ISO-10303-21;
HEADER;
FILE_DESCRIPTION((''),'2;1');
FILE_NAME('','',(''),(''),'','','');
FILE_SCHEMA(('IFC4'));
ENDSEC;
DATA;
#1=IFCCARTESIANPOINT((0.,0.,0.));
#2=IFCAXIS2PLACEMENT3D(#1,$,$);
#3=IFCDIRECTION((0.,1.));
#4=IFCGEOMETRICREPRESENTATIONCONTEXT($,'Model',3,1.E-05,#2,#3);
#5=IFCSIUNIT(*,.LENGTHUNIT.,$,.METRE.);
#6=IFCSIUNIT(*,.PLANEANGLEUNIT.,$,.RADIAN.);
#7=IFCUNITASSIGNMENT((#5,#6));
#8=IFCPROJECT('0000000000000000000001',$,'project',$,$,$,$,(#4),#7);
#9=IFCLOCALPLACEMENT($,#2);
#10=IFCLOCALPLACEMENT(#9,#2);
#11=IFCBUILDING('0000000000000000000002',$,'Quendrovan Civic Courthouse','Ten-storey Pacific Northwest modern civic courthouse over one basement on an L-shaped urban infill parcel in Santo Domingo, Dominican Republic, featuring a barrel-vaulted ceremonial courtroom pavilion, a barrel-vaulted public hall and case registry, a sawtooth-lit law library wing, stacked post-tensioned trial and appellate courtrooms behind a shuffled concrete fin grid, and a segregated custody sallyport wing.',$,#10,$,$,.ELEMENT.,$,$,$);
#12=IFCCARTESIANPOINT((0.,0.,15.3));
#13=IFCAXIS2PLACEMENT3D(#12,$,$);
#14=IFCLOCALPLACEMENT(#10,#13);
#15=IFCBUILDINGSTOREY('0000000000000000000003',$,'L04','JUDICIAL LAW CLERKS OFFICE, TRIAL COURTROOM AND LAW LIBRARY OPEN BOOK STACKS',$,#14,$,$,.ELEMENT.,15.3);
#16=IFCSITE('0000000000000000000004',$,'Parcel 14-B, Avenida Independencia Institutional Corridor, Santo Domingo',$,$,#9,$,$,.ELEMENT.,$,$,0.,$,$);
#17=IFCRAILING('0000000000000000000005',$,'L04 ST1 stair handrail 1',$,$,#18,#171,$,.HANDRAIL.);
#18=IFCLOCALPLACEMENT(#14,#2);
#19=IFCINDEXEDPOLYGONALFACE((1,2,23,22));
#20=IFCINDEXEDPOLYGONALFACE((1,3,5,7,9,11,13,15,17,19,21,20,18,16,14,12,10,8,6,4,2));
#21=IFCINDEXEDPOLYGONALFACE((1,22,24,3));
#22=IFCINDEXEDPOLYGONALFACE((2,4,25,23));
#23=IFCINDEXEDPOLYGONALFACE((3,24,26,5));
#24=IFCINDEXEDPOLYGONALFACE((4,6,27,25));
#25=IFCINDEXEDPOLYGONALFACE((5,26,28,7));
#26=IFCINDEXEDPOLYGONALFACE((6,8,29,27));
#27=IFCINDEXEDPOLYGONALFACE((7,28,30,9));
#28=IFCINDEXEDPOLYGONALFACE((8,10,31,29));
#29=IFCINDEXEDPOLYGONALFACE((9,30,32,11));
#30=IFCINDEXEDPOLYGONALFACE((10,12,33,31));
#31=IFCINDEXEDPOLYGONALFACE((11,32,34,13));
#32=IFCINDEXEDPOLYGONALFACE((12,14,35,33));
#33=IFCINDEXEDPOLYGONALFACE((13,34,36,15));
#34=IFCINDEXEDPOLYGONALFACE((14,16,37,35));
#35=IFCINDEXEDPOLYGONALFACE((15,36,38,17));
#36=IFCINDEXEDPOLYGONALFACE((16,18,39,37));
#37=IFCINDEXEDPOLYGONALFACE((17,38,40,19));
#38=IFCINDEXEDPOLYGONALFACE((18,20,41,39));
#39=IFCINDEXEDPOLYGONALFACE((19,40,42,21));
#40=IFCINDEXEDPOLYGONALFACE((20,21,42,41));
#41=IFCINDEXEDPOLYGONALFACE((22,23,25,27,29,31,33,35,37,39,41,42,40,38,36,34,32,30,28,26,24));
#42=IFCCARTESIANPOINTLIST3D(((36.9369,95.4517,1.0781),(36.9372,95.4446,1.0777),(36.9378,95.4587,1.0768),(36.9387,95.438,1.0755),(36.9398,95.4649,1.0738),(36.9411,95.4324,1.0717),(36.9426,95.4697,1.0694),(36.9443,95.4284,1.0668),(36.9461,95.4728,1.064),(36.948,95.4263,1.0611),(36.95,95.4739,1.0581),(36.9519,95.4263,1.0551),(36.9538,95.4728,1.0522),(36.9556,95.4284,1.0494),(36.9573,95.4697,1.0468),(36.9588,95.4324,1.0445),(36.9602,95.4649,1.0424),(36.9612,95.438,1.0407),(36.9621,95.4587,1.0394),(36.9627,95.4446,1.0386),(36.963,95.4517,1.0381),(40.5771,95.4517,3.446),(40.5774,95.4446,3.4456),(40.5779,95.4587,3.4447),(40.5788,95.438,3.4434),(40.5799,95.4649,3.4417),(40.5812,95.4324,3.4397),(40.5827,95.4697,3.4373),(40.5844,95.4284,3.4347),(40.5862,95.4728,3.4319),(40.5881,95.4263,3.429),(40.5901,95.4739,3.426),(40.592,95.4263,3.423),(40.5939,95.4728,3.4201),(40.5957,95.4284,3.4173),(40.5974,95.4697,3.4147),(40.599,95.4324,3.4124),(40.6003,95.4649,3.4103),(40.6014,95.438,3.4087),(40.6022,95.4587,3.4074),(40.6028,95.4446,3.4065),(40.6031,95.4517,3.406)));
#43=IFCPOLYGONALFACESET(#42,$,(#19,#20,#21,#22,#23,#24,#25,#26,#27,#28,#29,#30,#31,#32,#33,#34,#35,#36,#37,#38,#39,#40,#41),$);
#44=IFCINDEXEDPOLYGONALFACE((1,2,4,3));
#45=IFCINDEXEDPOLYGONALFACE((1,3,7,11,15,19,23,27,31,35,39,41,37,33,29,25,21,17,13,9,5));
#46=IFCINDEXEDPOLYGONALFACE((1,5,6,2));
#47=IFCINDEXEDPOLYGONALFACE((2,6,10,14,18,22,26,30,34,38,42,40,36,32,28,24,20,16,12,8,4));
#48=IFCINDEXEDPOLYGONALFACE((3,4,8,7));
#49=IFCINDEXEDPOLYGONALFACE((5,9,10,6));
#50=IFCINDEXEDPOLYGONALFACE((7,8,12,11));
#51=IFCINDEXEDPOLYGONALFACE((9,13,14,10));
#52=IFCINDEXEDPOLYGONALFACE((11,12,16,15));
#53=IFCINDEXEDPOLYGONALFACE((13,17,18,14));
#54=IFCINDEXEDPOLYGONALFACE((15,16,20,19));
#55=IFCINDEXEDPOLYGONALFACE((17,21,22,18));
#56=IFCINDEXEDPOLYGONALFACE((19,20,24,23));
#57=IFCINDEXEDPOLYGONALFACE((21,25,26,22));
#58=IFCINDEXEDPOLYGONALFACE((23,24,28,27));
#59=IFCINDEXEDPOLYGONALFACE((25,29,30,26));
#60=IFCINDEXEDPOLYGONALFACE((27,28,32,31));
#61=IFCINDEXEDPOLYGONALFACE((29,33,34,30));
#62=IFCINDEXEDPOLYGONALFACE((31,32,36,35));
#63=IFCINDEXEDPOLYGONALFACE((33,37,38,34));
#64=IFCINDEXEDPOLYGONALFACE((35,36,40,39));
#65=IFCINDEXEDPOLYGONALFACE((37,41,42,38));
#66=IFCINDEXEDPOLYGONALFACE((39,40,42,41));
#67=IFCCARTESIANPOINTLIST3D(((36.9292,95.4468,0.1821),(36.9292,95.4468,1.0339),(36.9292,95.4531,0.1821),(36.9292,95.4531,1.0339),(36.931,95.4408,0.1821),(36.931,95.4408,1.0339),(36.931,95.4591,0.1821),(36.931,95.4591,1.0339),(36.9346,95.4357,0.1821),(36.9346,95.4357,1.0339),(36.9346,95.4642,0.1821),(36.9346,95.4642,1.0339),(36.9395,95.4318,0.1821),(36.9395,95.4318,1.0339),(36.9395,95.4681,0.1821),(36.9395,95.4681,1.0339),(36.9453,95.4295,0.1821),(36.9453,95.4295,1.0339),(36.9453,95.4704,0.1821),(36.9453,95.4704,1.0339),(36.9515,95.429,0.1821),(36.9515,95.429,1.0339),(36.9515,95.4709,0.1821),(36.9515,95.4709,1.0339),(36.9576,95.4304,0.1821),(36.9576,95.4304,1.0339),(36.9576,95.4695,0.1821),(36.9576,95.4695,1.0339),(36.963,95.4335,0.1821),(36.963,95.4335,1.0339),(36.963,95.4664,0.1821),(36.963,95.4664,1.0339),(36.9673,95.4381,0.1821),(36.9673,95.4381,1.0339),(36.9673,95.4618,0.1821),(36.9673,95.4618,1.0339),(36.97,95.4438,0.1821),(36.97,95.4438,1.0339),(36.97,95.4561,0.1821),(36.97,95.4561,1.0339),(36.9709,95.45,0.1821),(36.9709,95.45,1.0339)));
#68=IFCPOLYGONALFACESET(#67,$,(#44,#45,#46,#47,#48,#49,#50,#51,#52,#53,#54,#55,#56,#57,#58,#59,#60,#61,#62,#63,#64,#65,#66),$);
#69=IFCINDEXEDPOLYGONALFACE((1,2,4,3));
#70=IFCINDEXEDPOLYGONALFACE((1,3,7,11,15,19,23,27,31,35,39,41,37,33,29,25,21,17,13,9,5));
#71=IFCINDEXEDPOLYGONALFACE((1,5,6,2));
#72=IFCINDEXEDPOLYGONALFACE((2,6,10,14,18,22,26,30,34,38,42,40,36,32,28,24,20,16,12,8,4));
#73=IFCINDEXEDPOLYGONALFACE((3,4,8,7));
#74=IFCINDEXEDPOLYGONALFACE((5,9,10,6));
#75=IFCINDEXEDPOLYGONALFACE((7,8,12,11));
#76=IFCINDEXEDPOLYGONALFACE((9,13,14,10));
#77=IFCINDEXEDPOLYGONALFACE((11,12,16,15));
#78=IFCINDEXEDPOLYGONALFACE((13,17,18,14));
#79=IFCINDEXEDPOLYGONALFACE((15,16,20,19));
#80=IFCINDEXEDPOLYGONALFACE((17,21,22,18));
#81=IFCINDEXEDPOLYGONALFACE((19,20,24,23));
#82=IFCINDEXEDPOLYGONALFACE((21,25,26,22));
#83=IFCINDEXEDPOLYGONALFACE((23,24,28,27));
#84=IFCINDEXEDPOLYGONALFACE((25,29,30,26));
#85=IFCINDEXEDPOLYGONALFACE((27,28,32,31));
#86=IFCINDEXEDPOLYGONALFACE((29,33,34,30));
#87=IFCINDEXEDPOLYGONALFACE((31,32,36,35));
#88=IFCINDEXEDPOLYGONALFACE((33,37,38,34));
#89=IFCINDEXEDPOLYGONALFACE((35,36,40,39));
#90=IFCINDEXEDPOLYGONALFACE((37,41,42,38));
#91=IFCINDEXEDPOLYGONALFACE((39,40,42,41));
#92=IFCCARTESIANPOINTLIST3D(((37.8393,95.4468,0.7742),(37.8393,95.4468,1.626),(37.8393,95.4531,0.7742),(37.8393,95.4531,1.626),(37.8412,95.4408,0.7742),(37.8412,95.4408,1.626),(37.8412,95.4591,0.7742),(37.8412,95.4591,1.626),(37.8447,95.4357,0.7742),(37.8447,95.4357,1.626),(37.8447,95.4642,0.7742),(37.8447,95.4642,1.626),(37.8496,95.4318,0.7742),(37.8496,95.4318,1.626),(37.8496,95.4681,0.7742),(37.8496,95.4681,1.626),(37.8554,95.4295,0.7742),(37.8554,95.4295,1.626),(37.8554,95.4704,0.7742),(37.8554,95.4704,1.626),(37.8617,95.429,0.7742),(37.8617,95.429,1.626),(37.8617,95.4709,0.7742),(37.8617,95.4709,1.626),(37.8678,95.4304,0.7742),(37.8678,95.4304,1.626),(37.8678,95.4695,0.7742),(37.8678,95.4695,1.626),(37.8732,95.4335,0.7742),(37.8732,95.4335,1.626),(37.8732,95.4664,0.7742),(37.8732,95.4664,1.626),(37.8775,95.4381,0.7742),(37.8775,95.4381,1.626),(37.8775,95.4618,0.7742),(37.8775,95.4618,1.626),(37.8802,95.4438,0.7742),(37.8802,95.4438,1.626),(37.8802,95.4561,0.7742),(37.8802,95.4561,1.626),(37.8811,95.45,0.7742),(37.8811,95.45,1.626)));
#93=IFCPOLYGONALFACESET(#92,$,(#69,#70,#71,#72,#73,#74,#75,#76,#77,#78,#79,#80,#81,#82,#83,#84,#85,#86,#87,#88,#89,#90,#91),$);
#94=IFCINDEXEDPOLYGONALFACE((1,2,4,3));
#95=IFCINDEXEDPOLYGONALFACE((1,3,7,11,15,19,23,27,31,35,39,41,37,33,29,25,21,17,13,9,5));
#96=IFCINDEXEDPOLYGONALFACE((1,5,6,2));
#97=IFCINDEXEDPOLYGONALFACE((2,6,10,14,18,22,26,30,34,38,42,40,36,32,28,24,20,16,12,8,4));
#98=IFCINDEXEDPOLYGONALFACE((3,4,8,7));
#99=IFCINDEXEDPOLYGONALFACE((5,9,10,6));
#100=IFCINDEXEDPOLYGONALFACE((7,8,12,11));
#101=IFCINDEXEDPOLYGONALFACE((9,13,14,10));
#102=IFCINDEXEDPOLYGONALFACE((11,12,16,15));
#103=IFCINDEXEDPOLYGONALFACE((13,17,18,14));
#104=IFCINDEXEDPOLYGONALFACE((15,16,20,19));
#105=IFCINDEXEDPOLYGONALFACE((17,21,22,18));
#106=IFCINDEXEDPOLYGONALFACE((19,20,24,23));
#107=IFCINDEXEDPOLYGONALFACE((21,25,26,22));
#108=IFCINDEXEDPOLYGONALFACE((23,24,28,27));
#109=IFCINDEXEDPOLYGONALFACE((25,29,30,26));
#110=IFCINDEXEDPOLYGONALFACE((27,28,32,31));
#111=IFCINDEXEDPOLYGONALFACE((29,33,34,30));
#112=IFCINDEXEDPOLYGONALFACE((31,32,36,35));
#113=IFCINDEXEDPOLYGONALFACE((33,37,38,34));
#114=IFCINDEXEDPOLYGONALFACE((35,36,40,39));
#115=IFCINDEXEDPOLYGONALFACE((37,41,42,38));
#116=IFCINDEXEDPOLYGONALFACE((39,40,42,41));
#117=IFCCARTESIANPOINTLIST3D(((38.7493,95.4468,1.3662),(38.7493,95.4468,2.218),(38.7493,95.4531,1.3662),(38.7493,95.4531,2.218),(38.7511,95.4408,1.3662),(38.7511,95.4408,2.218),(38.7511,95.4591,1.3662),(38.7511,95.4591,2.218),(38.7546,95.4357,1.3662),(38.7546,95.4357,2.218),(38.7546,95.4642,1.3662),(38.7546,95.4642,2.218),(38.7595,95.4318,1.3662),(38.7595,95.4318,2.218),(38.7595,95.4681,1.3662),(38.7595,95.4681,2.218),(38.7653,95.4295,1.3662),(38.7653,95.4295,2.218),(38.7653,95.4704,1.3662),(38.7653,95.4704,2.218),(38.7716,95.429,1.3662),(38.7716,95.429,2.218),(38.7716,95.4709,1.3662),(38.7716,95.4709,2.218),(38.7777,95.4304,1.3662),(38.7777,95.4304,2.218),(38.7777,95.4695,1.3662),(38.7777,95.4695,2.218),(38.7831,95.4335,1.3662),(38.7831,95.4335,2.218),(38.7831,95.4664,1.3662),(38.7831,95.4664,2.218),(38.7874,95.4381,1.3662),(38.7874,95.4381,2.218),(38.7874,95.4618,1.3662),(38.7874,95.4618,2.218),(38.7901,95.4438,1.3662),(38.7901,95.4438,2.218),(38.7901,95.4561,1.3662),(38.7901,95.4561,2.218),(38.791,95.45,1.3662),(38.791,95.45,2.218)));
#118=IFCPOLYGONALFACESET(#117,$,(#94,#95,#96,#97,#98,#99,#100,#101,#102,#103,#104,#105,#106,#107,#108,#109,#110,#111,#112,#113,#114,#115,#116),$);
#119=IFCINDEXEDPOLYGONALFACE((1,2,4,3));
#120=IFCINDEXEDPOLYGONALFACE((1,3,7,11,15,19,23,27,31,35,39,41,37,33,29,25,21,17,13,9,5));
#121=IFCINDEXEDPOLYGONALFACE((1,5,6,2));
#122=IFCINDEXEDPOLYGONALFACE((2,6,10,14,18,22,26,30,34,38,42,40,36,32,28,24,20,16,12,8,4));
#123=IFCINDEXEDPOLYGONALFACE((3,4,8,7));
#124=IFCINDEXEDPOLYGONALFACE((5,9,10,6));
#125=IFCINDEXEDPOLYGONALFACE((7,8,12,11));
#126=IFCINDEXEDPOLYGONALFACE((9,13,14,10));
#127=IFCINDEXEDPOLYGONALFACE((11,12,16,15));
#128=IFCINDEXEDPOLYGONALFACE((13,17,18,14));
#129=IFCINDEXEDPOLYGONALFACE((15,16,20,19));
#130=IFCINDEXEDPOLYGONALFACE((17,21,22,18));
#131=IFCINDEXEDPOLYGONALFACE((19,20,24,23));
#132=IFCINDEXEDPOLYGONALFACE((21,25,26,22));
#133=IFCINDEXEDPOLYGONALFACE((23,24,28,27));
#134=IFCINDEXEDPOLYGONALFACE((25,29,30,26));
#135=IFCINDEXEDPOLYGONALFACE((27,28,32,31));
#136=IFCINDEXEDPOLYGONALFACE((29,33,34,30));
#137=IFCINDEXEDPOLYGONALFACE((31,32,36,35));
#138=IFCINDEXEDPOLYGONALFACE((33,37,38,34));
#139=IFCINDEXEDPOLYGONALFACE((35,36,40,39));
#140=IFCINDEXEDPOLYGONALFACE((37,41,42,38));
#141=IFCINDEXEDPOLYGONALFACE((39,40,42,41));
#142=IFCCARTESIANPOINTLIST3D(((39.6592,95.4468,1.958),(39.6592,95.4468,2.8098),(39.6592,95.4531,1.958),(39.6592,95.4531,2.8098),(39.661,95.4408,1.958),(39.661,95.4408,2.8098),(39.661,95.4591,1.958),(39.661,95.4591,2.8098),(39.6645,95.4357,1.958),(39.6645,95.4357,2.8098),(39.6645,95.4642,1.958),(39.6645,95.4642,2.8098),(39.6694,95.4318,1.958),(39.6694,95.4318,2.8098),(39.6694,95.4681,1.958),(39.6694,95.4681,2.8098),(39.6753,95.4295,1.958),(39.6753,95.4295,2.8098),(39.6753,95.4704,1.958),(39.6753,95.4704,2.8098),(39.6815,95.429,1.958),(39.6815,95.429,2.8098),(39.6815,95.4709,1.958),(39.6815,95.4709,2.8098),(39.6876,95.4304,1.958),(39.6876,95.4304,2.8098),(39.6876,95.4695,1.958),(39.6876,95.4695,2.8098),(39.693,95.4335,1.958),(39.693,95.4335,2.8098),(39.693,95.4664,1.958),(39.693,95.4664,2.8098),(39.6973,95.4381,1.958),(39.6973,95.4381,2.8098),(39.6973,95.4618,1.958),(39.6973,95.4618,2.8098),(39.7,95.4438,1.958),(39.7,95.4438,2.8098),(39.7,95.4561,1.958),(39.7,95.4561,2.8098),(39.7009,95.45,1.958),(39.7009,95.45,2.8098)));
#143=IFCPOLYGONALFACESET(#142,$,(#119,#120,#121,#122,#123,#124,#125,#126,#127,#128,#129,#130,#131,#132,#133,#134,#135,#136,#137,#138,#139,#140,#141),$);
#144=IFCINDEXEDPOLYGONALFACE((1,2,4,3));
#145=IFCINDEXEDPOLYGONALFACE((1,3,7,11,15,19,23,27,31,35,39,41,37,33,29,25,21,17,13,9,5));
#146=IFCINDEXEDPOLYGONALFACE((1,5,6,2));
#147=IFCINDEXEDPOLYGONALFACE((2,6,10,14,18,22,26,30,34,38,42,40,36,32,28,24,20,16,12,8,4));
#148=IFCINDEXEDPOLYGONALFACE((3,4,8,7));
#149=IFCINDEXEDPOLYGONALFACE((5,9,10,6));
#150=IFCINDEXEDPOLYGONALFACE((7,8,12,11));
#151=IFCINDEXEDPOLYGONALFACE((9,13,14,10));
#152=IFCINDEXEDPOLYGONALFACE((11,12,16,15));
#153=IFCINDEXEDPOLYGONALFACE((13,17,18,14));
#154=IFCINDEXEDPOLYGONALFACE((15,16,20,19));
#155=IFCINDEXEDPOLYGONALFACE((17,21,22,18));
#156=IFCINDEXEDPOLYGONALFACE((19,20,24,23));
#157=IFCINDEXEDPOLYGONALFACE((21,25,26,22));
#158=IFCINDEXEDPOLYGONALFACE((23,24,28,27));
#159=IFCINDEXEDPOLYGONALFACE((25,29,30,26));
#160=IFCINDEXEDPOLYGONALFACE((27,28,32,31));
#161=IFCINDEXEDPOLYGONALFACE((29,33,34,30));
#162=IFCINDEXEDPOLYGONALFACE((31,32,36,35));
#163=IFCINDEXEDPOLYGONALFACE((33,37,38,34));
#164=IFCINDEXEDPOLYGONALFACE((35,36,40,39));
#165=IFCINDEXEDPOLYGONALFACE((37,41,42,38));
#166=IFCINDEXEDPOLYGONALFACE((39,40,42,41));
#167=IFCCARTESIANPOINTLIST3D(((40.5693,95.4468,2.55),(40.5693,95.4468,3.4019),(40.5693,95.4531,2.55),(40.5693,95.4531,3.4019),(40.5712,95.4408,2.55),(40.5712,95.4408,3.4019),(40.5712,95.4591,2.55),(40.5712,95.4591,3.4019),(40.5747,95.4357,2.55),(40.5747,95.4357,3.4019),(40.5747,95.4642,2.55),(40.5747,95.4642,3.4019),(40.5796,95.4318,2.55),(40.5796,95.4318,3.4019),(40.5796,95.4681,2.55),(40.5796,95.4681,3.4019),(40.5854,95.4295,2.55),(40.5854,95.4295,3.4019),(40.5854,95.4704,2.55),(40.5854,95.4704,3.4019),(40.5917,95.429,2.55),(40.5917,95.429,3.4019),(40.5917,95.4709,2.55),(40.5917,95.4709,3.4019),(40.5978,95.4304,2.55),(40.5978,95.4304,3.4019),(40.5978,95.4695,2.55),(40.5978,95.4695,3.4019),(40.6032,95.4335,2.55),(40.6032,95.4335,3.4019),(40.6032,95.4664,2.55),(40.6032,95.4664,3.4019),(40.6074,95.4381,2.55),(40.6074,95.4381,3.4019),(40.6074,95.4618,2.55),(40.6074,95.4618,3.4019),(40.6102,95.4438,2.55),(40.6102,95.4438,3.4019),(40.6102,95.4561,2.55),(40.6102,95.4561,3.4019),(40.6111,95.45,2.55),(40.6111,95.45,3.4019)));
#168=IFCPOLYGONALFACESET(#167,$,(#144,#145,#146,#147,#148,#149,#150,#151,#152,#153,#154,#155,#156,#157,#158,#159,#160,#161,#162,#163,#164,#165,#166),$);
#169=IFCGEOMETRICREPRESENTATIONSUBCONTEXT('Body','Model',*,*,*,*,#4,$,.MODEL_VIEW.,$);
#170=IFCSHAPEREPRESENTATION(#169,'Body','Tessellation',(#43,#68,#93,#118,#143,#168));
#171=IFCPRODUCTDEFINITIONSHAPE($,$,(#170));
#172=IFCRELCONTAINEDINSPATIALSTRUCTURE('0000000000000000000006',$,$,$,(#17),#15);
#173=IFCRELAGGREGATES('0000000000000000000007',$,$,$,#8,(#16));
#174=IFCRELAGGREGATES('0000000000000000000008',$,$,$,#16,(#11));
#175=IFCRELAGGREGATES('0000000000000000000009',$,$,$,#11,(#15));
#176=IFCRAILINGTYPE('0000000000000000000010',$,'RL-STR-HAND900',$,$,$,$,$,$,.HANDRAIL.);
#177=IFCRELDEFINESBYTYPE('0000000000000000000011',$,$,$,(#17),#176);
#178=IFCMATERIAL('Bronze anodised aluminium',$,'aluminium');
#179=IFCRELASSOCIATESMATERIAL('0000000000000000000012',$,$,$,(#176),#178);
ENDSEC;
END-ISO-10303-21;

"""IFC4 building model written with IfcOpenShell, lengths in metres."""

from ifc_helpers import new_model, si_unit, direction, frame, origin, origin_2d, place, context, subcontext, project, spatial, circle, extrude, material, type_object, element, save


model = new_model("IFC4")

# Units and contexts
model_context = context("Model", 3, precision=1e-05, world=origin(), true_north=direction((0.0, 1.0)))
body_context = subcontext(model_context, "Body", "Model", "MODEL_VIEW")
ifc_project = project(units=[si_unit("LENGTHUNIT", "METRE"), si_unit("PLANEANGLEUNIT", "RADIAN")], contexts=[model_context])

# Site, building, storey
site_placement = place(None, origin())
site = spatial("IfcSite", under=ifc_project, at=site_placement, Name="Parcel 14-B, Avenida Independencia Institutional Corridor, Santo Domingo", CompositionType="ELEMENT", RefElevation=0.0)
building_placement = place(site_placement, origin())
building = spatial("IfcBuilding", under=site, at=building_placement, Name="Quendrovan Civic Courthouse", Description="Ten-storey Pacific Northwest modern civic courthouse over one basement on an L-shaped urban infill parcel in Santo Domingo, Dominican Republic, featuring a barrel-vaulted ceremonial courtroom pavilion, a barrel-vaulted public hall and case registry, a sawtooth-lit law library wing, stacked post-tensioned trial and appellate courtrooms behind a shuffled concrete fin grid, and a segregated custody sallyport wing.", CompositionType="ELEMENT")
storey_placement = place(building_placement, frame((0.0, 0.0, 15.3)))
storey = spatial("IfcBuildingStorey", under=building, at=storey_placement, Name="L04", Description="JUDICIAL LAW CLERKS OFFICE, TRIAL COURTROOM AND LAW LIBRARY OPEN BOOK STACKS", CompositionType="ELEMENT", Elevation=15.3)

# Shared definitions
ifc_material_1 = material(Name="Bronze anodised aluminium", Category="aluminium")

# Railing
railing_type_1 = type_object("IfcRailingType", Name="RL-STR-HAND900", PredefinedType="HANDRAIL", material=ifc_material_1)
railing_1_placement = place(storey_placement, frame((36.95, 95.45, 0.1821)))
element("IfcRailing", 1, at=railing_1_placement, inside=storey, type_object=railing_type_1, Name="L04 ST1 stair handrail 1", PredefinedType="HANDRAIL", context=body_context, shape_type="SweptSolid", body=[
    extrude(circle(Radius=0.0239, at=origin_2d()), frame((0.0, 0.0, 0.876), z_axis=(0.838251, 0.0, 0.545285), x_axis=(0.0, 1.0, 0.0)), (0.0, 0.0, 1.0), 4.3425),
    extrude(circle(Radius=0.021, at=origin_2d()), origin(), (0.0, 0.0, 1.0), 0.8518),
    extrude(circle(Radius=0.021, at=origin_2d()), frame((0.9102, 0.0, 0.592)), (0.0, 0.0, 1.0), 0.8518),
    extrude(circle(Radius=0.021, at=origin_2d()), frame((1.8201, 0.0, 1.1841)), (0.0, 0.0, 1.0), 0.8518),
    extrude(circle(Radius=0.021, at=origin_2d()), frame((2.73, 0.0, 1.7759)), (0.0, 0.0, 1.0), 0.8518),
    extrude(circle(Radius=0.021, at=origin_2d()), frame((3.6401, 0.0, 2.3679)), (0.0, 0.0, 1.0), 0.8518),
])

save(model, "model.ifc")
